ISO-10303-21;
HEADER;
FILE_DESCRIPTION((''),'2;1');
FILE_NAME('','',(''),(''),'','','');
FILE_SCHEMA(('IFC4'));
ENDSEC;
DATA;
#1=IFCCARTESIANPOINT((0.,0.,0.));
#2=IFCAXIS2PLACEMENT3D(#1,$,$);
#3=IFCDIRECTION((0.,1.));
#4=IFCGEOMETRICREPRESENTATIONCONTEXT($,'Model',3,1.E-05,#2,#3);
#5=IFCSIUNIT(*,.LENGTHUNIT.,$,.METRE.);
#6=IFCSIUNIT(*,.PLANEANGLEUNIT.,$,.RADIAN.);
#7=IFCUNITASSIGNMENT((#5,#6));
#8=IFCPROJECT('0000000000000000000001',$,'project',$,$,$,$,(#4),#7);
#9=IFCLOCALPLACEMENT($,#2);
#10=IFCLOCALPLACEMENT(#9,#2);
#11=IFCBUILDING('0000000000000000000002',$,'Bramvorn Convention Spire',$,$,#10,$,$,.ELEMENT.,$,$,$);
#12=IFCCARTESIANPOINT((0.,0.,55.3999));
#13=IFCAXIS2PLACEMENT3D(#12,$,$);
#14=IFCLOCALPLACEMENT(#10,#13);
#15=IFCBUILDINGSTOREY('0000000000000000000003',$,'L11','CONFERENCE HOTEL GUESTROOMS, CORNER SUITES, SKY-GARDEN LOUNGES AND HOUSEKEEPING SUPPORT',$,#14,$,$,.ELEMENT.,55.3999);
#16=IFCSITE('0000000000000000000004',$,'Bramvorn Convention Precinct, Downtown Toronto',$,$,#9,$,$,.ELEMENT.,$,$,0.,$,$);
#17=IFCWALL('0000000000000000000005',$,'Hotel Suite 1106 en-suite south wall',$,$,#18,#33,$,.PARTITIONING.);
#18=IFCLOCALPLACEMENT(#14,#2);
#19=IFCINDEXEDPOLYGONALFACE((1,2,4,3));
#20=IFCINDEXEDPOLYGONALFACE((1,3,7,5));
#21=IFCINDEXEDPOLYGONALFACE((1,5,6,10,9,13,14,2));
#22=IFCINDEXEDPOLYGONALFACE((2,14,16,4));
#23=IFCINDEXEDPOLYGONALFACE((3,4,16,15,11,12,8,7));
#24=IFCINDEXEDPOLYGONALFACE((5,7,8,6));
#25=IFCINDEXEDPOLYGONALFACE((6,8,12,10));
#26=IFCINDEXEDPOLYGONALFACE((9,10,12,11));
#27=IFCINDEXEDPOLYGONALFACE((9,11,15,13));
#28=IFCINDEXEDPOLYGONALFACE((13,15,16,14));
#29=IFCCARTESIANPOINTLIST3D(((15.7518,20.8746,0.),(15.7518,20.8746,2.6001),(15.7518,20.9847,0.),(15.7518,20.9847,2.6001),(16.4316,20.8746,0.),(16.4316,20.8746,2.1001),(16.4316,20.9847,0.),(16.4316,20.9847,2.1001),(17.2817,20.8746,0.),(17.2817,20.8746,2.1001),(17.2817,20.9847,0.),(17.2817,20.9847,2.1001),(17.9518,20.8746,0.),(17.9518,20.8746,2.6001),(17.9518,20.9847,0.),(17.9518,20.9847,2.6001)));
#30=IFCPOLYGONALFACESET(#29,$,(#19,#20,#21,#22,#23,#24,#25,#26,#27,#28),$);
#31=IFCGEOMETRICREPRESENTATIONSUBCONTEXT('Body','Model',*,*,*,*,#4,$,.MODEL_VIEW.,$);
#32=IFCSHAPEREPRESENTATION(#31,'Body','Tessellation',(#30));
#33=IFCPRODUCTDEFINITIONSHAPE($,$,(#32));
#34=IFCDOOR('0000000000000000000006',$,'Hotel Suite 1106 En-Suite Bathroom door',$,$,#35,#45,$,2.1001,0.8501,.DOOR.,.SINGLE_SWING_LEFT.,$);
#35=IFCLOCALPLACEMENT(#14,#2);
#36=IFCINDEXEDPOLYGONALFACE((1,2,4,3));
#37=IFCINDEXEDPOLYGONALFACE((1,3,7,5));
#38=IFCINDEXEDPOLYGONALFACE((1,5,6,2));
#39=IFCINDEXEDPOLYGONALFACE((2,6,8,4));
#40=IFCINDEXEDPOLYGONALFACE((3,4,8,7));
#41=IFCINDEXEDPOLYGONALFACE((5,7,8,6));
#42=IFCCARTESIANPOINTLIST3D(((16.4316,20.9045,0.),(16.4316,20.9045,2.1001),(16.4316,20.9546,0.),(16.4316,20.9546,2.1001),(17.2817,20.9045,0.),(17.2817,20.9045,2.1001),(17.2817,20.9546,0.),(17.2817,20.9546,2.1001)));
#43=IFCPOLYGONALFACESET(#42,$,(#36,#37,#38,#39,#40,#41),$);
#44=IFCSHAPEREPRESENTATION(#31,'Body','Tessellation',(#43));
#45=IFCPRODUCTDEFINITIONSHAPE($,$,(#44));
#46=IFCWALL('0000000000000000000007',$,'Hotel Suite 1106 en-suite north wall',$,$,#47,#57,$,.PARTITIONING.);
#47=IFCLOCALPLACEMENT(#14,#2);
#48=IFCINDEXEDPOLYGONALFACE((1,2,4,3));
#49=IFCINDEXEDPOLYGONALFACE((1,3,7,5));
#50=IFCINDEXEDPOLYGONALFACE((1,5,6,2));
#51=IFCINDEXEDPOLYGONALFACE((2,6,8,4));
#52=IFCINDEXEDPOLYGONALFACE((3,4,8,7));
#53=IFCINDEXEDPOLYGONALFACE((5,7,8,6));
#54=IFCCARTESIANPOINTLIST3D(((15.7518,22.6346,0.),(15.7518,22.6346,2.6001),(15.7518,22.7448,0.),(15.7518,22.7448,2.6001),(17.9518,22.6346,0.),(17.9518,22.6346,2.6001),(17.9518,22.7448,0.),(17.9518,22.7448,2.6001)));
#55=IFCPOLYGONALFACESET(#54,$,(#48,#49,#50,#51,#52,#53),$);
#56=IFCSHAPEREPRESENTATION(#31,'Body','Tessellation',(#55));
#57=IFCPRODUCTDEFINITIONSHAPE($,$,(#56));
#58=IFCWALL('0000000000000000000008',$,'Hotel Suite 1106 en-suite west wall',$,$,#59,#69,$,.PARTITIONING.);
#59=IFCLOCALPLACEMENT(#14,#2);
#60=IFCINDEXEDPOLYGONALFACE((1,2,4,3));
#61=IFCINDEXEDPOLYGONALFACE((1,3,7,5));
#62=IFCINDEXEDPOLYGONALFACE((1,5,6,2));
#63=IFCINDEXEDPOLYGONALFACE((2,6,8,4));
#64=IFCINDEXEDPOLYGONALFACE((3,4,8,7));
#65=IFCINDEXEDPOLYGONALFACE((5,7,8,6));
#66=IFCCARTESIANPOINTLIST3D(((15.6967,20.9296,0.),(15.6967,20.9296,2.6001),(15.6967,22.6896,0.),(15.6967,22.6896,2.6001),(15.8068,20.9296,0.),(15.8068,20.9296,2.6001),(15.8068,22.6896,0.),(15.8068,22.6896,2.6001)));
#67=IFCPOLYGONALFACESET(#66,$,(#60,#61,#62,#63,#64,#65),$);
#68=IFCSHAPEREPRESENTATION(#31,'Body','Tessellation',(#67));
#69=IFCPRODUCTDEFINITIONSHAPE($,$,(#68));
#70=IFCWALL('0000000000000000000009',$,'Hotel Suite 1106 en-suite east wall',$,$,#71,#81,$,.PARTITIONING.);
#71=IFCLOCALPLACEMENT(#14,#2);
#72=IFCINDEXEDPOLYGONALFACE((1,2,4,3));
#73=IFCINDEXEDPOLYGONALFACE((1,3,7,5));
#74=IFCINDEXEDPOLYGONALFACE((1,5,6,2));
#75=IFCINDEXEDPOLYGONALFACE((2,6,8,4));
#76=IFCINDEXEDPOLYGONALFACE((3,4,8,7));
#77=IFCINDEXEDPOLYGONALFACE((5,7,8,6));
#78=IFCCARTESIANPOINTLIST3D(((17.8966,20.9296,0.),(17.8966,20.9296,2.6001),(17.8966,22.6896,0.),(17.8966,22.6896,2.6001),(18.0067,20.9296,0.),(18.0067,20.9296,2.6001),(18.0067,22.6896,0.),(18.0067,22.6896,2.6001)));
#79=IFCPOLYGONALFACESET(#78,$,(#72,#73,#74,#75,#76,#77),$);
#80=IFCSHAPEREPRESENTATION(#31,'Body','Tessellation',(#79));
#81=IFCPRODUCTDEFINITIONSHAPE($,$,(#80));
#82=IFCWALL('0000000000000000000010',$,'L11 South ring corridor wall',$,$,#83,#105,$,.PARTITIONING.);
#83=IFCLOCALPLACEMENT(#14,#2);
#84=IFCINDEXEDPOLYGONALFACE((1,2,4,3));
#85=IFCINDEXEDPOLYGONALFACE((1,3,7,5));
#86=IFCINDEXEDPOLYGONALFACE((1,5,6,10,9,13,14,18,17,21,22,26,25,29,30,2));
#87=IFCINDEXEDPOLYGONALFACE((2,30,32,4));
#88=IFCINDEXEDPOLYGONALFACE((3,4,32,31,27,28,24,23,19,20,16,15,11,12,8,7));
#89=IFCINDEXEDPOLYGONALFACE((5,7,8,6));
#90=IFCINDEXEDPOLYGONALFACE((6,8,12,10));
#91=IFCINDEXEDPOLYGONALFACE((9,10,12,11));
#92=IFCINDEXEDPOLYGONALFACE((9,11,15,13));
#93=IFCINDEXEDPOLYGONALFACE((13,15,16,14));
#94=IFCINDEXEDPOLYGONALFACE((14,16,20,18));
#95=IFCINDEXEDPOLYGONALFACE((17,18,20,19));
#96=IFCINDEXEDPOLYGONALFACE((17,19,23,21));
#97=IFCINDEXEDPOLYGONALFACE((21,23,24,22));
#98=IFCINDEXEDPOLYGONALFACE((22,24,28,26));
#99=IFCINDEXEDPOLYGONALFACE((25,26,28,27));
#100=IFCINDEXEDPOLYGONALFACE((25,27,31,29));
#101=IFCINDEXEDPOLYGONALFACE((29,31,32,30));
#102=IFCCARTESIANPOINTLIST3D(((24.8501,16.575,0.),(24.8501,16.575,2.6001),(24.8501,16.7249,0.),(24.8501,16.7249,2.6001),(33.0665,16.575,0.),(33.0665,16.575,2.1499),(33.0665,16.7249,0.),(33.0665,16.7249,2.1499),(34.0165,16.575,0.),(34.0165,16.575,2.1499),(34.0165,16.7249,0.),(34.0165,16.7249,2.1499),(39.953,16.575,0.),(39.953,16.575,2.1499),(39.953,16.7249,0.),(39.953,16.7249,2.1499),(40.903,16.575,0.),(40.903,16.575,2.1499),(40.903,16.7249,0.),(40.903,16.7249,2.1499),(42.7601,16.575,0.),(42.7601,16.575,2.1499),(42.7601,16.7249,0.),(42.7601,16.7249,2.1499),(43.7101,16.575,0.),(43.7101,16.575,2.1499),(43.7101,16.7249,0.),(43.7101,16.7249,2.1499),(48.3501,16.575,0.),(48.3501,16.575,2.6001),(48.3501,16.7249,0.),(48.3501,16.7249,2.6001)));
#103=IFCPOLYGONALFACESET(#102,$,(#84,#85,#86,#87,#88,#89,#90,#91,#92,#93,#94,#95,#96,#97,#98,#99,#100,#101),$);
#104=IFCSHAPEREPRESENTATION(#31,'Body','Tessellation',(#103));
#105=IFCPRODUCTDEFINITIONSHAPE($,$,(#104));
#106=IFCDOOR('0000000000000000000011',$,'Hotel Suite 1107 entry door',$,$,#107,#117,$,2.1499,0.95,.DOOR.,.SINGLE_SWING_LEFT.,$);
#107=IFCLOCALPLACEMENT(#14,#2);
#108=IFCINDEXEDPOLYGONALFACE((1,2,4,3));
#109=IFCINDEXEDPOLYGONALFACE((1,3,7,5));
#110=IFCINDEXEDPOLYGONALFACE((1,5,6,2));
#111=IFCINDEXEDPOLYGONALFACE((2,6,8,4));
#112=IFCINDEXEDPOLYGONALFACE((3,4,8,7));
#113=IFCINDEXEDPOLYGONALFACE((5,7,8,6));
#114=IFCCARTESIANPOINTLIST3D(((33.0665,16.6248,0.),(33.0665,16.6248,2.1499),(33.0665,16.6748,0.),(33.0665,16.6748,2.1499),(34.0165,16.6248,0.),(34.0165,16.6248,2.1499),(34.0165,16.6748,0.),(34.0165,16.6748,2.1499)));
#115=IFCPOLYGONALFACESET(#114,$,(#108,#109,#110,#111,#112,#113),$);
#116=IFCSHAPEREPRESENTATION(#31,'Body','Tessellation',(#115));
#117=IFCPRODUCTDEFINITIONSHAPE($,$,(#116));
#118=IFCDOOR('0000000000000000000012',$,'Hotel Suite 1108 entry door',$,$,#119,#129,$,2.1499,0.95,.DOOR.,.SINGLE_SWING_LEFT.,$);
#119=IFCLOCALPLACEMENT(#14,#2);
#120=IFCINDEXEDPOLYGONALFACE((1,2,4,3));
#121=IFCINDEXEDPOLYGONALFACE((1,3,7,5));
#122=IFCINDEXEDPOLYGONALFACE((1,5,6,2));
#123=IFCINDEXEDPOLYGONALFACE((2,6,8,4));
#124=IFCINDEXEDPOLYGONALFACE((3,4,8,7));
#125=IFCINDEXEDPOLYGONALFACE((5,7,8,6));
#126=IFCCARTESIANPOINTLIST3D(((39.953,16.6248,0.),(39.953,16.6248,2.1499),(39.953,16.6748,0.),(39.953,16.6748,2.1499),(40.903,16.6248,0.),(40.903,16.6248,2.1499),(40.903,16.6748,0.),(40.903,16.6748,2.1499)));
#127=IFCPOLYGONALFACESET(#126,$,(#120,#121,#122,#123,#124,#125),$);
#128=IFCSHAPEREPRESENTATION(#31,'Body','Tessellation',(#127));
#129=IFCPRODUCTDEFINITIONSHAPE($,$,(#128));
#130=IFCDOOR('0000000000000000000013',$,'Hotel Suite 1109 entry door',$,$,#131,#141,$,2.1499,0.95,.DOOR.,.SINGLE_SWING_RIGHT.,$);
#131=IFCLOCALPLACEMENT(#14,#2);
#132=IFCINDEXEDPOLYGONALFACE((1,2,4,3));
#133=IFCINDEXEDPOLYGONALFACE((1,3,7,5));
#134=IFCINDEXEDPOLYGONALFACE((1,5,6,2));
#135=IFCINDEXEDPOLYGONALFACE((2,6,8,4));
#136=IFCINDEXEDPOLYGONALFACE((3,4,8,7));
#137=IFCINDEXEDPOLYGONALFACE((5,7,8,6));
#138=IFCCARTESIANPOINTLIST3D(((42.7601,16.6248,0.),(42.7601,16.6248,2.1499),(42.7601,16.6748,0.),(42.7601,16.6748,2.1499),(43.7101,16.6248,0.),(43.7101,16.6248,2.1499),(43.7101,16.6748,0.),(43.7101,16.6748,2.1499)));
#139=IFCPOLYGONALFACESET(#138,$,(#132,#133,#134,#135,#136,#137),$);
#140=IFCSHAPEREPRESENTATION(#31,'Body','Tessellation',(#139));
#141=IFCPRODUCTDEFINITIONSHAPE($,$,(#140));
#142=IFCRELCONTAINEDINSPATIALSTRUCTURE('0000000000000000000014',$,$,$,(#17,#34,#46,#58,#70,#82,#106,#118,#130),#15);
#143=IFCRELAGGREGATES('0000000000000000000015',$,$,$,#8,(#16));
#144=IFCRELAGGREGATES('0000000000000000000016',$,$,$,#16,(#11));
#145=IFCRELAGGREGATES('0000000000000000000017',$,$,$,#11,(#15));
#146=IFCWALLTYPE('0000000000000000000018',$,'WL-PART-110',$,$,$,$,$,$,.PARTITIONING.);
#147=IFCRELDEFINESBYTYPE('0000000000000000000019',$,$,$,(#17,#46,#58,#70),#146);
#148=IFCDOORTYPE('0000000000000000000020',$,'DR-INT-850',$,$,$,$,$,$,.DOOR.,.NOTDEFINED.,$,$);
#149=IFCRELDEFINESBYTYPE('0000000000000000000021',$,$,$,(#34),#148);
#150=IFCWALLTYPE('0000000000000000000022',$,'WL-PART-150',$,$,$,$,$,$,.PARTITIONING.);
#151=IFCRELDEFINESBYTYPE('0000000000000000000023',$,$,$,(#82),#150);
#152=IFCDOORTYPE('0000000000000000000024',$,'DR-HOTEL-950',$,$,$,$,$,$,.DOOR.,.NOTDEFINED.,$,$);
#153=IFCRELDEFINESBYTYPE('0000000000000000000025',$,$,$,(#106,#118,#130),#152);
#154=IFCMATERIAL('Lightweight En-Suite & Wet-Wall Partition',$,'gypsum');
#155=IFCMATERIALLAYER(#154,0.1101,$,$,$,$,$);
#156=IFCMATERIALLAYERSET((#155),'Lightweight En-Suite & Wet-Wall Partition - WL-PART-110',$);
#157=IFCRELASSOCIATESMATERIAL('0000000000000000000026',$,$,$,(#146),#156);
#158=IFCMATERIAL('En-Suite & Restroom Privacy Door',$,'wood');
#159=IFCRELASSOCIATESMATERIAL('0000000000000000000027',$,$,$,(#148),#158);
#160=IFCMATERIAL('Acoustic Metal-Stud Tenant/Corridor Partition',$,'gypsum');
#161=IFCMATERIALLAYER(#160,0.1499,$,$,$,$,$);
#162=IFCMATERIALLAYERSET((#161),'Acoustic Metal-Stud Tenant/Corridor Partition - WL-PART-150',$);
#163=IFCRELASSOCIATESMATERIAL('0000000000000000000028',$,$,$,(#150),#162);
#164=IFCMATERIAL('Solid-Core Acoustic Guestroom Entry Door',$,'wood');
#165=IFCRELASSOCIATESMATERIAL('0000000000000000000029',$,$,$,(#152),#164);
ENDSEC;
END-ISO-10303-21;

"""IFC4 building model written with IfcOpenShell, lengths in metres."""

from ifc_helpers import new_model, si_unit, direction, frame, frame_2d, origin, place, context, subcontext, project, spatial, rectangle, extrude, material, layer, layer_set, type_object, element, fill, save


model = new_model("IFC4")

# Units and contexts
model_context = context("Model", 3, precision=1e-05, world=origin(), true_north=direction((0.0, 1.0)))
body_context = subcontext(model_context, "Body", "Model", "MODEL_VIEW")
ifc_project = project(units=[si_unit("LENGTHUNIT", "METRE"), si_unit("PLANEANGLEUNIT", "RADIAN")], contexts=[model_context])

# Site, building, storey
site_placement = place(None, origin())
site = spatial("IfcSite", under=ifc_project, at=site_placement, Name="Bramvorn Convention Precinct, Downtown Toronto", CompositionType="ELEMENT", RefElevation=0.0)
building_placement = place(site_placement, origin())
building = spatial("IfcBuilding", under=site, at=building_placement, Name="Bramvorn Convention Spire", CompositionType="ELEMENT")
storey_placement = place(building_placement, frame((0.0, 0.0, 55.3999)))
storey = spatial("IfcBuildingStorey", under=building, at=storey_placement, Name="L11", Description="CONFERENCE HOTEL GUESTROOMS, CORNER SUITES, SKY-GARDEN LOUNGES AND HOUSEKEEPING SUPPORT", CompositionType="ELEMENT", Elevation=55.3999)

# Shared definitions
ifc_material_1 = material(Name="Lightweight En-Suite & Wet-Wall Partition", Category="gypsum")
ifc_layer_1 = layer(ifc_material_1, 0.1101)
ifc_layer_set_1 = layer_set([ifc_layer_1], Name="Lightweight En-Suite & Wet-Wall Partition - WL-PART-110")
wall_type_1 = type_object("IfcWallType", Name="WL-PART-110", PredefinedType="PARTITIONING", material=ifc_layer_set_1)

# Wall, opening, door
wall_1_placement = place(storey_placement, frame((15.7517, 20.9297, 0.0), z_axis=(0.0, 0.0, 1.0), x_axis=(1.0, 0.0, 0.0)))
wall_1 = element("IfcWall", 1, at=wall_1_placement, inside=storey, type_object=wall_type_1, Name="Hotel Suite 1106 en-suite south wall", PredefinedType="PARTITIONING", context=body_context, shape_type="SweptSolid", body=[
    extrude(rectangle(XDim=2.2, YDim=0.1101, at=frame_2d((1.1001, 0.0))), origin(), (0.0, 0.0, 1.0), 2.6001),
])
opening_1_placement = place(wall_1_placement, frame((0.6799, 0.0, 0.0)))
opening_1 = element("IfcOpeningElement", 2, at=opening_1_placement, cuts=wall_1, PredefinedType="OPENING", context=body_context, shape_type="SweptSolid", body=[
    extrude(rectangle(XDim=0.8501, YDim=2.1001, at=frame_2d((0.425, 1.05))), frame((0.0, 0.0649, 0.0), z_axis=(0.0, -1.0, 0.0), x_axis=(1.0, 0.0, 0.0)), (0.0, 0.0, 1.0), 0.1301),
])
ifc_material_2 = material(Name="En-Suite & Restroom Privacy Door", Category="wood")
door_type_1 = type_object("IfcDoorType", Name="DR-INT-850", OperationType="NOTDEFINED", PredefinedType="DOOR", material=ifc_material_2)
door_1_placement = place(opening_1_placement, origin())
door_1 = element("IfcDoor", 3, at=door_1_placement, inside=storey, type_object=door_type_1, Name="Hotel Suite 1106 En-Suite Bathroom door", OperationType="SINGLE_SWING_LEFT", OverallHeight=2.1001, OverallWidth=0.8501, PredefinedType="DOOR", context=body_context, shape_type="SweptSolid", body=[
    extrude(rectangle(XDim=0.8501, YDim=2.1001, at=frame_2d((0.425, 1.05))), frame((0.0, 0.0249, 0.0), z_axis=(0.0, -1.0, 0.0), x_axis=(1.0, 0.0, 0.0)), (0.0, 0.0, 1.0), 0.05),
])
fill(opening_1, door_1)

# Walls
wall_2_placement = place(storey_placement, frame((15.7517, 22.6897, 0.0), z_axis=(0.0, 0.0, 1.0), x_axis=(1.0, 0.0, 0.0)))
element("IfcWall", 4, at=wall_2_placement, inside=storey, type_object=wall_type_1, Name="Hotel Suite 1106 en-suite north wall", PredefinedType="PARTITIONING", context=body_context, shape_type="SweptSolid", body=[
    extrude(rectangle(XDim=2.2, YDim=0.1101, at=frame_2d((1.1001, 0.0))), origin(), (0.0, 0.0, 1.0), 2.6001),
])
for number, where, z_axis, x_axis, name in (
    (5, (15.7517, 20.9297, 0.0), (0.0, 0.0, 1.0), (0.0, 1.0, 0.0), "Hotel Suite 1106 en-suite west wall"),
    (6, (17.9517, 20.9297, 0.0), (0.0, 0.0, 1.0), (0.0, 1.0, 0.0), "Hotel Suite 1106 en-suite east wall"),
):
    element("IfcWall", number, at=place(storey_placement, frame(where, z_axis=z_axis, x_axis=x_axis)), inside=storey, type_object=wall_type_1, Name=name, PredefinedType="PARTITIONING", context=body_context, shape_type="SweptSolid", body=[
        extrude(rectangle(XDim=1.76, YDim=0.1101, at=frame_2d((0.8799, 0.0))), origin(), (0.0, 0.0, 1.0), 2.6001),
    ])

# Wall, openings, doors
ifc_material_3 = material(Name="Acoustic Metal-Stud Tenant/Corridor Partition", Category="gypsum")
ifc_layer_2 = layer(ifc_material_3, 0.1499)
ifc_layer_set_2 = layer_set([ifc_layer_2], Name="Acoustic Metal-Stud Tenant/Corridor Partition - WL-PART-150")
wall_type_2 = type_object("IfcWallType", Name="WL-PART-150", PredefinedType="PARTITIONING", material=ifc_layer_set_2)
wall_3_placement = place(storey_placement, frame((24.8501, 16.6499, 0.0), z_axis=(0.0, 0.0, 1.0), x_axis=(1.0, 0.0, 0.0)))
wall_3 = element("IfcWall", 7, at=wall_3_placement, inside=storey, type_object=wall_type_2, Name="L11 South ring corridor wall", PredefinedType="PARTITIONING", context=body_context, shape_type="SweptSolid", body=[
    extrude(rectangle(XDim=23.5, YDim=0.1499, at=frame_2d((11.75, 0.0))), origin(), (0.0, 0.0, 1.0), 2.6001),
])
opening_2_placement = place(wall_3_placement, frame((8.2163, 0.0, 0.0)))
opening_2 = element("IfcOpeningElement", 8, at=opening_2_placement, cuts=wall_3, PredefinedType="OPENING", context=body_context, shape_type="SweptSolid", body=[
    extrude(rectangle(XDim=0.95, YDim=2.1499, at=frame_2d((0.4751, 1.075))), frame((0.0, 0.085, 0.0), z_axis=(0.0, -1.0, 0.0), x_axis=(1.0, 0.0, 0.0)), (0.0, 0.0, 1.0), 0.1699),
])
opening_3_placement = place(wall_3_placement, frame((15.1028, 0.0, 0.0)))
opening_3 = element("IfcOpeningElement", 9, at=opening_3_placement, cuts=wall_3, PredefinedType="OPENING", context=body_context, shape_type="SweptSolid", body=[
    extrude(rectangle(XDim=0.95, YDim=2.1499, at=frame_2d((0.4751, 1.075))), frame((0.0, 0.085, 0.0), z_axis=(0.0, -1.0, 0.0), x_axis=(1.0, 0.0, 0.0)), (0.0, 0.0, 1.0), 0.1699),
])
opening_4_placement = place(wall_3_placement, frame((17.9099, 0.0, 0.0)))
opening_4 = element("IfcOpeningElement", 10, at=opening_4_placement, cuts=wall_3, PredefinedType="OPENING", context=body_context, shape_type="SweptSolid", body=[
    extrude(rectangle(XDim=0.95, YDim=2.1499, at=frame_2d((0.4751, 1.075))), frame((0.0, 0.085, 0.0), z_axis=(0.0, -1.0, 0.0), x_axis=(1.0, 0.0, 0.0)), (0.0, 0.0, 1.0), 0.1699),
])
ifc_material_4 = material(Name="Solid-Core Acoustic Guestroom Entry Door", Category="wood")
door_type_2 = type_object("IfcDoorType", Name="DR-HOTEL-950", OperationType="NOTDEFINED", PredefinedType="DOOR", material=ifc_material_4)
door_2_placement = place(opening_2_placement, origin())
door_2 = element("IfcDoor", 11, at=door_2_placement, inside=storey, type_object=door_type_2, Name="Hotel Suite 1107 entry door", OperationType="SINGLE_SWING_LEFT", OverallHeight=2.1499, OverallWidth=0.95, PredefinedType="DOOR", context=body_context, shape_type="SweptSolid", body=[
    extrude(rectangle(XDim=0.95, YDim=2.1499, at=frame_2d((0.4751, 1.075))), frame((0.0, 0.0249, 0.0), z_axis=(0.0, -1.0, 0.0), x_axis=(1.0, 0.0, 0.0)), (0.0, 0.0, 1.0), 0.05),
])
fill(opening_2, door_2)
door_3_placement = place(opening_3_placement, origin())
door_3 = element("IfcDoor", 12, at=door_3_placement, inside=storey, type_object=door_type_2, Name="Hotel Suite 1108 entry door", OperationType="SINGLE_SWING_LEFT", OverallHeight=2.1499, OverallWidth=0.95, PredefinedType="DOOR", context=body_context, shape_type="SweptSolid", body=[
    extrude(rectangle(XDim=0.95, YDim=2.1499, at=frame_2d((0.4751, 1.075))), frame((0.0, 0.0249, 0.0), z_axis=(0.0, -1.0, 0.0), x_axis=(1.0, 0.0, 0.0)), (0.0, 0.0, 1.0), 0.05),
])
fill(opening_3, door_3)
door_4_placement = place(opening_4_placement, origin())
door_4 = element("IfcDoor", 13, at=door_4_placement, inside=storey, type_object=door_type_2, Name="Hotel Suite 1109 entry door", OperationType="SINGLE_SWING_RIGHT", OverallHeight=2.1499, OverallWidth=0.95, PredefinedType="DOOR", context=body_context, shape_type="SweptSolid", body=[
    extrude(rectangle(XDim=0.95, YDim=2.1499, at=frame_2d((0.4751, 1.075))), frame((0.0, 0.0249, 0.0), z_axis=(0.0, -1.0, 0.0), x_axis=(1.0, 0.0, 0.0)), (0.0, 0.0, 1.0), 0.05),
])
fill(opening_4, door_4)

save(model, "model.ifc")
